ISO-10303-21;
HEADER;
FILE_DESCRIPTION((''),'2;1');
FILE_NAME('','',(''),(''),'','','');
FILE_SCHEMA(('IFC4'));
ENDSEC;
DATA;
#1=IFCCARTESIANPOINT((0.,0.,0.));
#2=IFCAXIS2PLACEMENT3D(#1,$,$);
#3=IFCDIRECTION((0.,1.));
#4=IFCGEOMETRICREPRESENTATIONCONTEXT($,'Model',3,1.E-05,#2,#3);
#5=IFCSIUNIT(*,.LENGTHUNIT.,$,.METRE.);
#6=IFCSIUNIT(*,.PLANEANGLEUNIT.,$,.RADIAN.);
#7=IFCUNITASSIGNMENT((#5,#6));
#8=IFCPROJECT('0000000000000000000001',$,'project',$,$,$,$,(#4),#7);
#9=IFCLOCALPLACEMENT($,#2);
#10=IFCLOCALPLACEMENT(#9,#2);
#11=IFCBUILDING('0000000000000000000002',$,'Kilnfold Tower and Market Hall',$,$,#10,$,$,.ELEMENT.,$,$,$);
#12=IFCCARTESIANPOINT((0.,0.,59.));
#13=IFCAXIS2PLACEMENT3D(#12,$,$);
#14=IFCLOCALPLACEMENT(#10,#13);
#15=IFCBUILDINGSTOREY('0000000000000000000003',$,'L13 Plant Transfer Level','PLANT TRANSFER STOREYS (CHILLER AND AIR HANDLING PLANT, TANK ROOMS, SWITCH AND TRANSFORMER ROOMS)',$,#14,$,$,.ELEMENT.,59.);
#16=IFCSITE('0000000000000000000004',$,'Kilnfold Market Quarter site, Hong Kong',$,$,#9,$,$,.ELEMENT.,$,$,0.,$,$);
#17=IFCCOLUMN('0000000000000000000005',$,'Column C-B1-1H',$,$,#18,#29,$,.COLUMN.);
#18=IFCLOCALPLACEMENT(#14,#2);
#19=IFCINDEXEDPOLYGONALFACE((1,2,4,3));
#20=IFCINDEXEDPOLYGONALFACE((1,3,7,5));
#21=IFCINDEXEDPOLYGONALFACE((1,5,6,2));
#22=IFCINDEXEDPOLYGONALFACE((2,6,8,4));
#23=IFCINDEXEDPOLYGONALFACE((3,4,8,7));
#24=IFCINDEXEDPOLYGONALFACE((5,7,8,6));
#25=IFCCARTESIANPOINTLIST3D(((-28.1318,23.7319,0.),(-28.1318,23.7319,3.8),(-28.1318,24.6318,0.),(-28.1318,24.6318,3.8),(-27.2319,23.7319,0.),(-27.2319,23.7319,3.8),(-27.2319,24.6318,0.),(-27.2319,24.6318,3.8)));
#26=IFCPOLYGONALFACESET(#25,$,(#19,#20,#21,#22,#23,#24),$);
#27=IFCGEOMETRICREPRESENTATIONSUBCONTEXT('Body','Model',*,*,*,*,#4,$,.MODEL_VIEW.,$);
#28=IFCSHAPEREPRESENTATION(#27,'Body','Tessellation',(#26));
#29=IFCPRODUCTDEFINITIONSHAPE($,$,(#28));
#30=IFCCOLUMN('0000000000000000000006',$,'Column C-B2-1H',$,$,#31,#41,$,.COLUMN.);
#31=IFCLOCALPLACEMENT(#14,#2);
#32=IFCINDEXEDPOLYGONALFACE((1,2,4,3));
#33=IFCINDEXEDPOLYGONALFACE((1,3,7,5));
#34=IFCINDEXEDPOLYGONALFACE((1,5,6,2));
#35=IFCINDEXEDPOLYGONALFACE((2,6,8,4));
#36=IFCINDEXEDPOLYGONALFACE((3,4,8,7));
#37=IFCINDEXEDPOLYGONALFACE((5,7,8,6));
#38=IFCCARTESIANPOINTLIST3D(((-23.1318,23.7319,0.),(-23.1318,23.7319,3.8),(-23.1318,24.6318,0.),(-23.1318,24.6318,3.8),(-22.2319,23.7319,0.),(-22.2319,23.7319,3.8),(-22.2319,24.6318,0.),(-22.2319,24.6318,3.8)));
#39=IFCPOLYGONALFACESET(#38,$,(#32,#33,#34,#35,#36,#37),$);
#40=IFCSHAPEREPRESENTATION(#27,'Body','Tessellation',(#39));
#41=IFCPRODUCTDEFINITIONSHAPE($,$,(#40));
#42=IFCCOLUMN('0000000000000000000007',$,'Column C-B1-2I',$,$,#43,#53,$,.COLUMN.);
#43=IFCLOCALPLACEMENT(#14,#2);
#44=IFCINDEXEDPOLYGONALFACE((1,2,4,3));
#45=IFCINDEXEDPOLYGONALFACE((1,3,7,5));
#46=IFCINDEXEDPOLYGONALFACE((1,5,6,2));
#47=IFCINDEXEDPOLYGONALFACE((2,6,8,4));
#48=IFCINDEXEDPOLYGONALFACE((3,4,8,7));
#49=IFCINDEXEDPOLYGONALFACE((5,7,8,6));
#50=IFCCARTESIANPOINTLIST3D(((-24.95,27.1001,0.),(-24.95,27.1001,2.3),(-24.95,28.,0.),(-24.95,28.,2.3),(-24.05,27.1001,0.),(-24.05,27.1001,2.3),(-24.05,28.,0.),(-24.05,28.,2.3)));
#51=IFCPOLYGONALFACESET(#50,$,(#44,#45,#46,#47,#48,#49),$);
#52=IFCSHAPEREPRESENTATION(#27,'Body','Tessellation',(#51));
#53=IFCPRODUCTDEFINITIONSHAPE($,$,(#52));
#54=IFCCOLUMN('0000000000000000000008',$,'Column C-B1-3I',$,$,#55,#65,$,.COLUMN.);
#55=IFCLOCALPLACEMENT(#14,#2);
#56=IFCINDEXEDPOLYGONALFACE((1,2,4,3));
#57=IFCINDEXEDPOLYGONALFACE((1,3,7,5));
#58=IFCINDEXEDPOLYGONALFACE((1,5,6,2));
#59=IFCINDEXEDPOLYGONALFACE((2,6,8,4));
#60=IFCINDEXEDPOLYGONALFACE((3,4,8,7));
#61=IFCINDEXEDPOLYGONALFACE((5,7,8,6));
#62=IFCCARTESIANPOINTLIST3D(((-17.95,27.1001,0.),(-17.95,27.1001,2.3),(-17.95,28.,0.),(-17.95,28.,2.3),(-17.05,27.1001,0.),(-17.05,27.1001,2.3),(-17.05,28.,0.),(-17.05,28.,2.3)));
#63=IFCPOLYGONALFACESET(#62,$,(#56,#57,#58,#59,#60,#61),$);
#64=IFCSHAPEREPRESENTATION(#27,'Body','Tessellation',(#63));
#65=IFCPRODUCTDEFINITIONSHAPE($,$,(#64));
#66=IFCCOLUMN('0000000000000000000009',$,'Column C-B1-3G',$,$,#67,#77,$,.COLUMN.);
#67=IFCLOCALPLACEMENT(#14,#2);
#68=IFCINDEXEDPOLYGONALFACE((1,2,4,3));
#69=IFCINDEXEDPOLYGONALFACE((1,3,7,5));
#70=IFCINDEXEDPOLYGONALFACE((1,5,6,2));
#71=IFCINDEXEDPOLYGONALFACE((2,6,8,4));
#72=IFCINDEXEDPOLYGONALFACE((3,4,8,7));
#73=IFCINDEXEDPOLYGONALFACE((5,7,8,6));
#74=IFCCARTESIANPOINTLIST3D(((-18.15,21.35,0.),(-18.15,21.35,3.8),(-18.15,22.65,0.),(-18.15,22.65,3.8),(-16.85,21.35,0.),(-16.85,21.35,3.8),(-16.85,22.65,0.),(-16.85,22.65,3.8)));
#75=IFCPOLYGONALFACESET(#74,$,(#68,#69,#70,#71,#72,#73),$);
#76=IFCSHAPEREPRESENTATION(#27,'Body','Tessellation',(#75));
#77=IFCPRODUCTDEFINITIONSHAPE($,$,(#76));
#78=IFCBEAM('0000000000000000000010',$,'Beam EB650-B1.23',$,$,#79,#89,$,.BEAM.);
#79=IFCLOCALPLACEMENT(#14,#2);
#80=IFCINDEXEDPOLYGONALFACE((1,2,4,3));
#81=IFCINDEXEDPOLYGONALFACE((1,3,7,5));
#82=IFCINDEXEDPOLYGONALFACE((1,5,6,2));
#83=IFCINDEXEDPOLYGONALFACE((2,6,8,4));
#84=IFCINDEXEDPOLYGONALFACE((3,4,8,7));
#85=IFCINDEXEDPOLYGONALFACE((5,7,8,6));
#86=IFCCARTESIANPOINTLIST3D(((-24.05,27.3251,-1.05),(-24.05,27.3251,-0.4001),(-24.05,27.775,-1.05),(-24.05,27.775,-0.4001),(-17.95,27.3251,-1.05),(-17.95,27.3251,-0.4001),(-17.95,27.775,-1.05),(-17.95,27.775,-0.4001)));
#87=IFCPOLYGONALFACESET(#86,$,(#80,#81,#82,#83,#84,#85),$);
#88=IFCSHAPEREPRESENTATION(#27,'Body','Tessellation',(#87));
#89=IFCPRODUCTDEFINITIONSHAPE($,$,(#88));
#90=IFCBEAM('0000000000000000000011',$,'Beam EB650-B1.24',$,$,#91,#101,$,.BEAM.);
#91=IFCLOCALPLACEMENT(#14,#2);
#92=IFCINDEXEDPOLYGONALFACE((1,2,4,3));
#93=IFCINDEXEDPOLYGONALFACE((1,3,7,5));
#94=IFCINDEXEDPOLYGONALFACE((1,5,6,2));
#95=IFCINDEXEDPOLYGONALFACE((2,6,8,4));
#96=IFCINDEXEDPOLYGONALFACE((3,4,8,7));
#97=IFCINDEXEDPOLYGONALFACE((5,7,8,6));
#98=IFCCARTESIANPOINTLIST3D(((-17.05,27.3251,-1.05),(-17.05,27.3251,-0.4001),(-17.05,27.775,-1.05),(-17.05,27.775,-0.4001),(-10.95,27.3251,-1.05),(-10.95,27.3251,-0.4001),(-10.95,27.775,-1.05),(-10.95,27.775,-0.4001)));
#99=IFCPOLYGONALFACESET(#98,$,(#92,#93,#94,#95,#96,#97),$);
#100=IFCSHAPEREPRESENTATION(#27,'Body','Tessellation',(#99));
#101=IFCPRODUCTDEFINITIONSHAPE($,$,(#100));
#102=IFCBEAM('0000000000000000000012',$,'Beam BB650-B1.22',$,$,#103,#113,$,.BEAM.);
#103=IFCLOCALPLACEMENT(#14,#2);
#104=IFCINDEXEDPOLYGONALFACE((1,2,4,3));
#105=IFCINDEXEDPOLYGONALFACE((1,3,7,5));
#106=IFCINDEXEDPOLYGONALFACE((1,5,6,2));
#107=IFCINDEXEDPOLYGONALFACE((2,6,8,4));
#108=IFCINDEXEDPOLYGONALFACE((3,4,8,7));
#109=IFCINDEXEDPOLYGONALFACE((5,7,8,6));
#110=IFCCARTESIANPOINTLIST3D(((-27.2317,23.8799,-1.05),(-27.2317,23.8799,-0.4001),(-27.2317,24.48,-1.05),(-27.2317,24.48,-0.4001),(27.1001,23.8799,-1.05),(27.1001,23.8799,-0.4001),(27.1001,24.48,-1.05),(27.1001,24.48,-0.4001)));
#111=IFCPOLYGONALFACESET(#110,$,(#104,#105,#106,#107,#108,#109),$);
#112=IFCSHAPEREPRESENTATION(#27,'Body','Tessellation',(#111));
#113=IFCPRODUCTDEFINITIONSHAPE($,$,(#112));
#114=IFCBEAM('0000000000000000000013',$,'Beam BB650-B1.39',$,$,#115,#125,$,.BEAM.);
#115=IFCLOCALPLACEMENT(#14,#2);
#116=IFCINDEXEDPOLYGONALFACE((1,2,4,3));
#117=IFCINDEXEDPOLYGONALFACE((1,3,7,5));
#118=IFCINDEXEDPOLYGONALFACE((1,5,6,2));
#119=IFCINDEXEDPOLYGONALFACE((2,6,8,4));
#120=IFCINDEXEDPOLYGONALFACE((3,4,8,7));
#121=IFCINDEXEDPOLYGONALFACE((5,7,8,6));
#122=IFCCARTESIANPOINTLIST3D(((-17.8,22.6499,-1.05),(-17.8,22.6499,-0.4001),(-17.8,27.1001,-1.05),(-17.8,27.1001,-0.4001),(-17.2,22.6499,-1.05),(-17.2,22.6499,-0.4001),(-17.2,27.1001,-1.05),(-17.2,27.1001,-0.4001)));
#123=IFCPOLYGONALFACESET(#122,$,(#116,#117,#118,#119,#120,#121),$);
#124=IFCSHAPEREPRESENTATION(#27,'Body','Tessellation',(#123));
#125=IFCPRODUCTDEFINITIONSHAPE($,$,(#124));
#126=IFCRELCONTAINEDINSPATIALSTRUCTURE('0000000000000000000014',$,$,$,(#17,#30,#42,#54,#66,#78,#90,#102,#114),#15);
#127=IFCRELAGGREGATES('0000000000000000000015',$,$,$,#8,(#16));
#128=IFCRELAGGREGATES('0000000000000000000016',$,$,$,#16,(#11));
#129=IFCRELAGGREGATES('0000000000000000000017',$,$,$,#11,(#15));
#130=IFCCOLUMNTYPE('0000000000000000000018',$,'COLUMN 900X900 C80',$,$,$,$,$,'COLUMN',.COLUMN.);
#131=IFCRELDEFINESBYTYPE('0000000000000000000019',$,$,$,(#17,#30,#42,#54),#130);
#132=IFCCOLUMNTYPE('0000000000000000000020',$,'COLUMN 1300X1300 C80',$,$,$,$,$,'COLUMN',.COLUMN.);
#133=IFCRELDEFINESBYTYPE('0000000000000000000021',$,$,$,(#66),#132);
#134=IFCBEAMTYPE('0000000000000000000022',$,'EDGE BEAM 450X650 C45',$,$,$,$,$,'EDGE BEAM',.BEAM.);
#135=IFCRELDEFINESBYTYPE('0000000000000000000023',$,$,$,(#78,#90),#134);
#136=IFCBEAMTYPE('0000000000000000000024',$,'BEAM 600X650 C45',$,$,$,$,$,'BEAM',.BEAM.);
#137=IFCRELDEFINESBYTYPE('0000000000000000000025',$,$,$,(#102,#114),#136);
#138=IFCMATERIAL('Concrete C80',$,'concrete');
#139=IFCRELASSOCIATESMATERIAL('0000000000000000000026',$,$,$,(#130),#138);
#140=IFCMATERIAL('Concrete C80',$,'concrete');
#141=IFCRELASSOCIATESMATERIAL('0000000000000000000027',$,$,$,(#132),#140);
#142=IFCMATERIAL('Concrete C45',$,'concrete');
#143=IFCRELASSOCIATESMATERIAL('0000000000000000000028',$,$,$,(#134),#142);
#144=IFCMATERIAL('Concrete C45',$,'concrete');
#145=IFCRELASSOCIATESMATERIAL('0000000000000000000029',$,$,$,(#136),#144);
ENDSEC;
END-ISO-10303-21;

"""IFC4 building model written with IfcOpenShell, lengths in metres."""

from ifc_helpers import new_model, si_unit, direction, frame, origin, origin_2d, place, context, subcontext, project, spatial, rectangle, extrude, source, transform, mapped, material, material_profile, profile_set, type_object, element, save


model = new_model("IFC4")

# Units and contexts
model_context = context("Model", 3, precision=1e-05, world=origin(), true_north=direction((0.0, 1.0)))
body_context = subcontext(model_context, "Body", "Model", "MODEL_VIEW")
ifc_project = project(units=[si_unit("LENGTHUNIT", "METRE"), si_unit("PLANEANGLEUNIT", "RADIAN")], contexts=[model_context])

# Site, building, storey
site_placement = place(None, origin())
site = spatial("IfcSite", under=ifc_project, at=site_placement, Name="Kilnfold Market Quarter site, Hong Kong", CompositionType="ELEMENT", RefElevation=0.0)
building_placement = place(site_placement, origin())
building = spatial("IfcBuilding", under=site, at=building_placement, Name="Kilnfold Tower and Market Hall", CompositionType="ELEMENT")
storey_placement = place(building_placement, frame((0.0, 0.0, 59.0)))
storey = spatial("IfcBuildingStorey", under=building, at=storey_placement, Name="L13 Plant Transfer Level", Description="PLANT TRANSFER STOREYS (CHILLER AND AIR HANDLING PLANT, TANK ROOMS, SWITCH AND TRANSFORMER ROOMS)", CompositionType="ELEMENT", Elevation=59.0)

# Columns
ifc_material_1 = material(Name="Concrete C80", Category="concrete")
ifc_material_profile_1 = material_profile(ifc_material_1, rectangle(XDim=0.8999, YDim=0.8999, at=origin_2d()), Name="RC 900x900")
ifc_profile_set_1 = profile_set([ifc_material_profile_1], Name="Concrete C80")
column_type_1 = type_object("IfcColumnType", Name="COLUMN 900X900 C80", ElementType="COLUMN", PredefinedType="COLUMN", material=ifc_profile_set_1)
shared_shape_1 = source(origin(), body_context, "Body", "SweptSolid", [
    extrude(rectangle(XDim=0.8999, YDim=0.8999, at=origin_2d()), origin(), (0.0, 0.0, 1.0), 3.8),
])
for number, where, z_axis, x_axis, name in (
    (1, (-27.6819, 24.1819, 0.0), (0.0, 0.0, 1.0), (1.0, 0.0, 0.0), "Column C-B1-1H"),
    (2, (-22.6819, 24.1819, 0.0), (0.0, 0.0, 1.0), (1.0, 0.0, 0.0), "Column C-B2-1H"),
):
    element("IfcColumn", number, at=place(storey_placement, frame(where, z_axis=z_axis, x_axis=x_axis)), inside=storey, type_object=column_type_1, Name=name, PredefinedType="COLUMN", context=body_context, shape_type="MappedRepresentation", body=[
        mapped(shared_shape_1, transform((0.0, 0.0, 0.0))),
    ])
shared_shape_2 = source(origin(), body_context, "Body", "SweptSolid", [
    extrude(rectangle(XDim=0.8999, YDim=0.8999, at=origin_2d()), origin(), (0.0, 0.0, 1.0), 2.3),
])
for number, where, z_axis, x_axis, name in (
    (3, (-24.5, 27.55, 0.0), (0.0, 0.0, 1.0), (1.0, 0.0, 0.0), "Column C-B1-2I"),
    (4, (-17.5, 27.55, 0.0), (0.0, 0.0, 1.0), (1.0, 0.0, 0.0), "Column C-B1-3I"),
):
    element("IfcColumn", number, at=place(storey_placement, frame(where, z_axis=z_axis, x_axis=x_axis)), inside=storey, type_object=column_type_1, Name=name, PredefinedType="COLUMN", context=body_context, shape_type="MappedRepresentation", body=[
        mapped(shared_shape_2, transform((0.0, 0.0, 0.0))),
    ])
ifc_material_2 = material(Name="Concrete C80", Category="concrete")
ifc_material_profile_2 = material_profile(ifc_material_2, rectangle(XDim=1.3, YDim=1.3, at=origin_2d()), Name="RC 1300x1300")
ifc_profile_set_2 = profile_set([ifc_material_profile_2], Name="Concrete C80")
column_type_2 = type_object("IfcColumnType", Name="COLUMN 1300X1300 C80", ElementType="COLUMN", PredefinedType="COLUMN", material=ifc_profile_set_2)
shared_shape_3 = source(origin(), body_context, "Body", "SweptSolid", [
    extrude(rectangle(XDim=1.3, YDim=1.3, at=origin_2d()), origin(), (0.0, 0.0, 1.0), 3.8),
])
column_placement = place(storey_placement, frame((-17.5, 22.0, 0.0), z_axis=(0.0, 0.0, 1.0), x_axis=(1.0, 0.0, 0.0)))
element("IfcColumn", 5, at=column_placement, inside=storey, type_object=column_type_2, Name="Column C-B1-3G", PredefinedType="COLUMN", context=body_context, shape_type="MappedRepresentation", body=[
    mapped(shared_shape_3, transform((0.0, 0.0, 0.0))),
])

# Beams
ifc_material_3 = material(Name="Concrete C45", Category="concrete")
ifc_material_profile_3 = material_profile(ifc_material_3, rectangle(XDim=0.45, YDim=0.6499, at=origin_2d()), Name="RC 450x650")
ifc_profile_set_3 = profile_set([ifc_material_profile_3], Name="Concrete C45")
beam_type_1 = type_object("IfcBeamType", Name="EDGE BEAM 450X650 C45", ElementType="EDGE BEAM", PredefinedType="BEAM", material=ifc_profile_set_3)
shared_shape_4 = source(origin(), body_context, "Body", "SweptSolid", [
    extrude(rectangle(XDim=0.45, YDim=0.6499, at=origin_2d()), origin(), (0.0, 0.0, 1.0), 6.1001),
])
for number, where, z_axis, x_axis, name in (
    (6, (-24.05, 27.55, -0.7251), (1.0, 0.0, 0.0), (0.0, 1.0, 0.0), "Beam EB650-B1.23"),
    (7, (-17.05, 27.55, -0.7251), (1.0, 0.0, 0.0), (0.0, 1.0, 0.0), "Beam EB650-B1.24"),
):
    element("IfcBeam", number, at=place(storey_placement, frame(where, z_axis=z_axis, x_axis=x_axis)), inside=storey, type_object=beam_type_1, Name=name, PredefinedType="BEAM", context=body_context, shape_type="MappedRepresentation", body=[
        mapped(shared_shape_4, transform((0.0, 0.0, 0.0))),
    ])
ifc_material_4 = material(Name="Concrete C45", Category="concrete")
ifc_material_profile_4 = material_profile(ifc_material_4, rectangle(XDim=0.6001, YDim=0.6499, at=origin_2d()), Name="RC 600x650")
ifc_profile_set_4 = profile_set([ifc_material_profile_4], Name="Concrete C45")
beam_type_2 = type_object("IfcBeamType", Name="BEAM 600X650 C45", ElementType="BEAM", PredefinedType="BEAM", material=ifc_profile_set_4)
shared_shape_5 = source(origin(), body_context, "Body", "SweptSolid", [
    extrude(rectangle(XDim=0.6001, YDim=0.6499, at=origin_2d()), origin(), (0.0, 0.0, 1.0), 54.3318),
])
beam_1_placement = place(storey_placement, frame((-27.2317, 24.1799, -0.7251), z_axis=(1.0, 0.0, 0.0), x_axis=(0.0, 1.0, 0.0)))
element("IfcBeam", 8, at=beam_1_placement, inside=storey, type_object=beam_type_2, Name="Beam BB650-B1.22", PredefinedType="BEAM", context=body_context, shape_type="MappedRepresentation", body=[
    mapped(shared_shape_5, transform((0.0, 0.0, 0.0))),
])
shared_shape_6 = source(origin(), body_context, "Body", "SweptSolid", [
    extrude(rectangle(XDim=0.6001, YDim=0.6499, at=origin_2d()), origin(), (0.0, 0.0, 1.0), 4.4502),
])
beam_2_placement = place(storey_placement, frame((-17.5, 22.6499, -0.7251), z_axis=(0.0, 1.0, 0.0), x_axis=(-1.0, 0.0, 0.0)))
element("IfcBeam", 9, at=beam_2_placement, inside=storey, type_object=beam_type_2, Name="Beam BB650-B1.39", PredefinedType="BEAM", context=body_context, shape_type="MappedRepresentation", body=[
    mapped(shared_shape_6, transform((0.0, 0.0, 0.0))),
])

save(model, "model.ifc")
